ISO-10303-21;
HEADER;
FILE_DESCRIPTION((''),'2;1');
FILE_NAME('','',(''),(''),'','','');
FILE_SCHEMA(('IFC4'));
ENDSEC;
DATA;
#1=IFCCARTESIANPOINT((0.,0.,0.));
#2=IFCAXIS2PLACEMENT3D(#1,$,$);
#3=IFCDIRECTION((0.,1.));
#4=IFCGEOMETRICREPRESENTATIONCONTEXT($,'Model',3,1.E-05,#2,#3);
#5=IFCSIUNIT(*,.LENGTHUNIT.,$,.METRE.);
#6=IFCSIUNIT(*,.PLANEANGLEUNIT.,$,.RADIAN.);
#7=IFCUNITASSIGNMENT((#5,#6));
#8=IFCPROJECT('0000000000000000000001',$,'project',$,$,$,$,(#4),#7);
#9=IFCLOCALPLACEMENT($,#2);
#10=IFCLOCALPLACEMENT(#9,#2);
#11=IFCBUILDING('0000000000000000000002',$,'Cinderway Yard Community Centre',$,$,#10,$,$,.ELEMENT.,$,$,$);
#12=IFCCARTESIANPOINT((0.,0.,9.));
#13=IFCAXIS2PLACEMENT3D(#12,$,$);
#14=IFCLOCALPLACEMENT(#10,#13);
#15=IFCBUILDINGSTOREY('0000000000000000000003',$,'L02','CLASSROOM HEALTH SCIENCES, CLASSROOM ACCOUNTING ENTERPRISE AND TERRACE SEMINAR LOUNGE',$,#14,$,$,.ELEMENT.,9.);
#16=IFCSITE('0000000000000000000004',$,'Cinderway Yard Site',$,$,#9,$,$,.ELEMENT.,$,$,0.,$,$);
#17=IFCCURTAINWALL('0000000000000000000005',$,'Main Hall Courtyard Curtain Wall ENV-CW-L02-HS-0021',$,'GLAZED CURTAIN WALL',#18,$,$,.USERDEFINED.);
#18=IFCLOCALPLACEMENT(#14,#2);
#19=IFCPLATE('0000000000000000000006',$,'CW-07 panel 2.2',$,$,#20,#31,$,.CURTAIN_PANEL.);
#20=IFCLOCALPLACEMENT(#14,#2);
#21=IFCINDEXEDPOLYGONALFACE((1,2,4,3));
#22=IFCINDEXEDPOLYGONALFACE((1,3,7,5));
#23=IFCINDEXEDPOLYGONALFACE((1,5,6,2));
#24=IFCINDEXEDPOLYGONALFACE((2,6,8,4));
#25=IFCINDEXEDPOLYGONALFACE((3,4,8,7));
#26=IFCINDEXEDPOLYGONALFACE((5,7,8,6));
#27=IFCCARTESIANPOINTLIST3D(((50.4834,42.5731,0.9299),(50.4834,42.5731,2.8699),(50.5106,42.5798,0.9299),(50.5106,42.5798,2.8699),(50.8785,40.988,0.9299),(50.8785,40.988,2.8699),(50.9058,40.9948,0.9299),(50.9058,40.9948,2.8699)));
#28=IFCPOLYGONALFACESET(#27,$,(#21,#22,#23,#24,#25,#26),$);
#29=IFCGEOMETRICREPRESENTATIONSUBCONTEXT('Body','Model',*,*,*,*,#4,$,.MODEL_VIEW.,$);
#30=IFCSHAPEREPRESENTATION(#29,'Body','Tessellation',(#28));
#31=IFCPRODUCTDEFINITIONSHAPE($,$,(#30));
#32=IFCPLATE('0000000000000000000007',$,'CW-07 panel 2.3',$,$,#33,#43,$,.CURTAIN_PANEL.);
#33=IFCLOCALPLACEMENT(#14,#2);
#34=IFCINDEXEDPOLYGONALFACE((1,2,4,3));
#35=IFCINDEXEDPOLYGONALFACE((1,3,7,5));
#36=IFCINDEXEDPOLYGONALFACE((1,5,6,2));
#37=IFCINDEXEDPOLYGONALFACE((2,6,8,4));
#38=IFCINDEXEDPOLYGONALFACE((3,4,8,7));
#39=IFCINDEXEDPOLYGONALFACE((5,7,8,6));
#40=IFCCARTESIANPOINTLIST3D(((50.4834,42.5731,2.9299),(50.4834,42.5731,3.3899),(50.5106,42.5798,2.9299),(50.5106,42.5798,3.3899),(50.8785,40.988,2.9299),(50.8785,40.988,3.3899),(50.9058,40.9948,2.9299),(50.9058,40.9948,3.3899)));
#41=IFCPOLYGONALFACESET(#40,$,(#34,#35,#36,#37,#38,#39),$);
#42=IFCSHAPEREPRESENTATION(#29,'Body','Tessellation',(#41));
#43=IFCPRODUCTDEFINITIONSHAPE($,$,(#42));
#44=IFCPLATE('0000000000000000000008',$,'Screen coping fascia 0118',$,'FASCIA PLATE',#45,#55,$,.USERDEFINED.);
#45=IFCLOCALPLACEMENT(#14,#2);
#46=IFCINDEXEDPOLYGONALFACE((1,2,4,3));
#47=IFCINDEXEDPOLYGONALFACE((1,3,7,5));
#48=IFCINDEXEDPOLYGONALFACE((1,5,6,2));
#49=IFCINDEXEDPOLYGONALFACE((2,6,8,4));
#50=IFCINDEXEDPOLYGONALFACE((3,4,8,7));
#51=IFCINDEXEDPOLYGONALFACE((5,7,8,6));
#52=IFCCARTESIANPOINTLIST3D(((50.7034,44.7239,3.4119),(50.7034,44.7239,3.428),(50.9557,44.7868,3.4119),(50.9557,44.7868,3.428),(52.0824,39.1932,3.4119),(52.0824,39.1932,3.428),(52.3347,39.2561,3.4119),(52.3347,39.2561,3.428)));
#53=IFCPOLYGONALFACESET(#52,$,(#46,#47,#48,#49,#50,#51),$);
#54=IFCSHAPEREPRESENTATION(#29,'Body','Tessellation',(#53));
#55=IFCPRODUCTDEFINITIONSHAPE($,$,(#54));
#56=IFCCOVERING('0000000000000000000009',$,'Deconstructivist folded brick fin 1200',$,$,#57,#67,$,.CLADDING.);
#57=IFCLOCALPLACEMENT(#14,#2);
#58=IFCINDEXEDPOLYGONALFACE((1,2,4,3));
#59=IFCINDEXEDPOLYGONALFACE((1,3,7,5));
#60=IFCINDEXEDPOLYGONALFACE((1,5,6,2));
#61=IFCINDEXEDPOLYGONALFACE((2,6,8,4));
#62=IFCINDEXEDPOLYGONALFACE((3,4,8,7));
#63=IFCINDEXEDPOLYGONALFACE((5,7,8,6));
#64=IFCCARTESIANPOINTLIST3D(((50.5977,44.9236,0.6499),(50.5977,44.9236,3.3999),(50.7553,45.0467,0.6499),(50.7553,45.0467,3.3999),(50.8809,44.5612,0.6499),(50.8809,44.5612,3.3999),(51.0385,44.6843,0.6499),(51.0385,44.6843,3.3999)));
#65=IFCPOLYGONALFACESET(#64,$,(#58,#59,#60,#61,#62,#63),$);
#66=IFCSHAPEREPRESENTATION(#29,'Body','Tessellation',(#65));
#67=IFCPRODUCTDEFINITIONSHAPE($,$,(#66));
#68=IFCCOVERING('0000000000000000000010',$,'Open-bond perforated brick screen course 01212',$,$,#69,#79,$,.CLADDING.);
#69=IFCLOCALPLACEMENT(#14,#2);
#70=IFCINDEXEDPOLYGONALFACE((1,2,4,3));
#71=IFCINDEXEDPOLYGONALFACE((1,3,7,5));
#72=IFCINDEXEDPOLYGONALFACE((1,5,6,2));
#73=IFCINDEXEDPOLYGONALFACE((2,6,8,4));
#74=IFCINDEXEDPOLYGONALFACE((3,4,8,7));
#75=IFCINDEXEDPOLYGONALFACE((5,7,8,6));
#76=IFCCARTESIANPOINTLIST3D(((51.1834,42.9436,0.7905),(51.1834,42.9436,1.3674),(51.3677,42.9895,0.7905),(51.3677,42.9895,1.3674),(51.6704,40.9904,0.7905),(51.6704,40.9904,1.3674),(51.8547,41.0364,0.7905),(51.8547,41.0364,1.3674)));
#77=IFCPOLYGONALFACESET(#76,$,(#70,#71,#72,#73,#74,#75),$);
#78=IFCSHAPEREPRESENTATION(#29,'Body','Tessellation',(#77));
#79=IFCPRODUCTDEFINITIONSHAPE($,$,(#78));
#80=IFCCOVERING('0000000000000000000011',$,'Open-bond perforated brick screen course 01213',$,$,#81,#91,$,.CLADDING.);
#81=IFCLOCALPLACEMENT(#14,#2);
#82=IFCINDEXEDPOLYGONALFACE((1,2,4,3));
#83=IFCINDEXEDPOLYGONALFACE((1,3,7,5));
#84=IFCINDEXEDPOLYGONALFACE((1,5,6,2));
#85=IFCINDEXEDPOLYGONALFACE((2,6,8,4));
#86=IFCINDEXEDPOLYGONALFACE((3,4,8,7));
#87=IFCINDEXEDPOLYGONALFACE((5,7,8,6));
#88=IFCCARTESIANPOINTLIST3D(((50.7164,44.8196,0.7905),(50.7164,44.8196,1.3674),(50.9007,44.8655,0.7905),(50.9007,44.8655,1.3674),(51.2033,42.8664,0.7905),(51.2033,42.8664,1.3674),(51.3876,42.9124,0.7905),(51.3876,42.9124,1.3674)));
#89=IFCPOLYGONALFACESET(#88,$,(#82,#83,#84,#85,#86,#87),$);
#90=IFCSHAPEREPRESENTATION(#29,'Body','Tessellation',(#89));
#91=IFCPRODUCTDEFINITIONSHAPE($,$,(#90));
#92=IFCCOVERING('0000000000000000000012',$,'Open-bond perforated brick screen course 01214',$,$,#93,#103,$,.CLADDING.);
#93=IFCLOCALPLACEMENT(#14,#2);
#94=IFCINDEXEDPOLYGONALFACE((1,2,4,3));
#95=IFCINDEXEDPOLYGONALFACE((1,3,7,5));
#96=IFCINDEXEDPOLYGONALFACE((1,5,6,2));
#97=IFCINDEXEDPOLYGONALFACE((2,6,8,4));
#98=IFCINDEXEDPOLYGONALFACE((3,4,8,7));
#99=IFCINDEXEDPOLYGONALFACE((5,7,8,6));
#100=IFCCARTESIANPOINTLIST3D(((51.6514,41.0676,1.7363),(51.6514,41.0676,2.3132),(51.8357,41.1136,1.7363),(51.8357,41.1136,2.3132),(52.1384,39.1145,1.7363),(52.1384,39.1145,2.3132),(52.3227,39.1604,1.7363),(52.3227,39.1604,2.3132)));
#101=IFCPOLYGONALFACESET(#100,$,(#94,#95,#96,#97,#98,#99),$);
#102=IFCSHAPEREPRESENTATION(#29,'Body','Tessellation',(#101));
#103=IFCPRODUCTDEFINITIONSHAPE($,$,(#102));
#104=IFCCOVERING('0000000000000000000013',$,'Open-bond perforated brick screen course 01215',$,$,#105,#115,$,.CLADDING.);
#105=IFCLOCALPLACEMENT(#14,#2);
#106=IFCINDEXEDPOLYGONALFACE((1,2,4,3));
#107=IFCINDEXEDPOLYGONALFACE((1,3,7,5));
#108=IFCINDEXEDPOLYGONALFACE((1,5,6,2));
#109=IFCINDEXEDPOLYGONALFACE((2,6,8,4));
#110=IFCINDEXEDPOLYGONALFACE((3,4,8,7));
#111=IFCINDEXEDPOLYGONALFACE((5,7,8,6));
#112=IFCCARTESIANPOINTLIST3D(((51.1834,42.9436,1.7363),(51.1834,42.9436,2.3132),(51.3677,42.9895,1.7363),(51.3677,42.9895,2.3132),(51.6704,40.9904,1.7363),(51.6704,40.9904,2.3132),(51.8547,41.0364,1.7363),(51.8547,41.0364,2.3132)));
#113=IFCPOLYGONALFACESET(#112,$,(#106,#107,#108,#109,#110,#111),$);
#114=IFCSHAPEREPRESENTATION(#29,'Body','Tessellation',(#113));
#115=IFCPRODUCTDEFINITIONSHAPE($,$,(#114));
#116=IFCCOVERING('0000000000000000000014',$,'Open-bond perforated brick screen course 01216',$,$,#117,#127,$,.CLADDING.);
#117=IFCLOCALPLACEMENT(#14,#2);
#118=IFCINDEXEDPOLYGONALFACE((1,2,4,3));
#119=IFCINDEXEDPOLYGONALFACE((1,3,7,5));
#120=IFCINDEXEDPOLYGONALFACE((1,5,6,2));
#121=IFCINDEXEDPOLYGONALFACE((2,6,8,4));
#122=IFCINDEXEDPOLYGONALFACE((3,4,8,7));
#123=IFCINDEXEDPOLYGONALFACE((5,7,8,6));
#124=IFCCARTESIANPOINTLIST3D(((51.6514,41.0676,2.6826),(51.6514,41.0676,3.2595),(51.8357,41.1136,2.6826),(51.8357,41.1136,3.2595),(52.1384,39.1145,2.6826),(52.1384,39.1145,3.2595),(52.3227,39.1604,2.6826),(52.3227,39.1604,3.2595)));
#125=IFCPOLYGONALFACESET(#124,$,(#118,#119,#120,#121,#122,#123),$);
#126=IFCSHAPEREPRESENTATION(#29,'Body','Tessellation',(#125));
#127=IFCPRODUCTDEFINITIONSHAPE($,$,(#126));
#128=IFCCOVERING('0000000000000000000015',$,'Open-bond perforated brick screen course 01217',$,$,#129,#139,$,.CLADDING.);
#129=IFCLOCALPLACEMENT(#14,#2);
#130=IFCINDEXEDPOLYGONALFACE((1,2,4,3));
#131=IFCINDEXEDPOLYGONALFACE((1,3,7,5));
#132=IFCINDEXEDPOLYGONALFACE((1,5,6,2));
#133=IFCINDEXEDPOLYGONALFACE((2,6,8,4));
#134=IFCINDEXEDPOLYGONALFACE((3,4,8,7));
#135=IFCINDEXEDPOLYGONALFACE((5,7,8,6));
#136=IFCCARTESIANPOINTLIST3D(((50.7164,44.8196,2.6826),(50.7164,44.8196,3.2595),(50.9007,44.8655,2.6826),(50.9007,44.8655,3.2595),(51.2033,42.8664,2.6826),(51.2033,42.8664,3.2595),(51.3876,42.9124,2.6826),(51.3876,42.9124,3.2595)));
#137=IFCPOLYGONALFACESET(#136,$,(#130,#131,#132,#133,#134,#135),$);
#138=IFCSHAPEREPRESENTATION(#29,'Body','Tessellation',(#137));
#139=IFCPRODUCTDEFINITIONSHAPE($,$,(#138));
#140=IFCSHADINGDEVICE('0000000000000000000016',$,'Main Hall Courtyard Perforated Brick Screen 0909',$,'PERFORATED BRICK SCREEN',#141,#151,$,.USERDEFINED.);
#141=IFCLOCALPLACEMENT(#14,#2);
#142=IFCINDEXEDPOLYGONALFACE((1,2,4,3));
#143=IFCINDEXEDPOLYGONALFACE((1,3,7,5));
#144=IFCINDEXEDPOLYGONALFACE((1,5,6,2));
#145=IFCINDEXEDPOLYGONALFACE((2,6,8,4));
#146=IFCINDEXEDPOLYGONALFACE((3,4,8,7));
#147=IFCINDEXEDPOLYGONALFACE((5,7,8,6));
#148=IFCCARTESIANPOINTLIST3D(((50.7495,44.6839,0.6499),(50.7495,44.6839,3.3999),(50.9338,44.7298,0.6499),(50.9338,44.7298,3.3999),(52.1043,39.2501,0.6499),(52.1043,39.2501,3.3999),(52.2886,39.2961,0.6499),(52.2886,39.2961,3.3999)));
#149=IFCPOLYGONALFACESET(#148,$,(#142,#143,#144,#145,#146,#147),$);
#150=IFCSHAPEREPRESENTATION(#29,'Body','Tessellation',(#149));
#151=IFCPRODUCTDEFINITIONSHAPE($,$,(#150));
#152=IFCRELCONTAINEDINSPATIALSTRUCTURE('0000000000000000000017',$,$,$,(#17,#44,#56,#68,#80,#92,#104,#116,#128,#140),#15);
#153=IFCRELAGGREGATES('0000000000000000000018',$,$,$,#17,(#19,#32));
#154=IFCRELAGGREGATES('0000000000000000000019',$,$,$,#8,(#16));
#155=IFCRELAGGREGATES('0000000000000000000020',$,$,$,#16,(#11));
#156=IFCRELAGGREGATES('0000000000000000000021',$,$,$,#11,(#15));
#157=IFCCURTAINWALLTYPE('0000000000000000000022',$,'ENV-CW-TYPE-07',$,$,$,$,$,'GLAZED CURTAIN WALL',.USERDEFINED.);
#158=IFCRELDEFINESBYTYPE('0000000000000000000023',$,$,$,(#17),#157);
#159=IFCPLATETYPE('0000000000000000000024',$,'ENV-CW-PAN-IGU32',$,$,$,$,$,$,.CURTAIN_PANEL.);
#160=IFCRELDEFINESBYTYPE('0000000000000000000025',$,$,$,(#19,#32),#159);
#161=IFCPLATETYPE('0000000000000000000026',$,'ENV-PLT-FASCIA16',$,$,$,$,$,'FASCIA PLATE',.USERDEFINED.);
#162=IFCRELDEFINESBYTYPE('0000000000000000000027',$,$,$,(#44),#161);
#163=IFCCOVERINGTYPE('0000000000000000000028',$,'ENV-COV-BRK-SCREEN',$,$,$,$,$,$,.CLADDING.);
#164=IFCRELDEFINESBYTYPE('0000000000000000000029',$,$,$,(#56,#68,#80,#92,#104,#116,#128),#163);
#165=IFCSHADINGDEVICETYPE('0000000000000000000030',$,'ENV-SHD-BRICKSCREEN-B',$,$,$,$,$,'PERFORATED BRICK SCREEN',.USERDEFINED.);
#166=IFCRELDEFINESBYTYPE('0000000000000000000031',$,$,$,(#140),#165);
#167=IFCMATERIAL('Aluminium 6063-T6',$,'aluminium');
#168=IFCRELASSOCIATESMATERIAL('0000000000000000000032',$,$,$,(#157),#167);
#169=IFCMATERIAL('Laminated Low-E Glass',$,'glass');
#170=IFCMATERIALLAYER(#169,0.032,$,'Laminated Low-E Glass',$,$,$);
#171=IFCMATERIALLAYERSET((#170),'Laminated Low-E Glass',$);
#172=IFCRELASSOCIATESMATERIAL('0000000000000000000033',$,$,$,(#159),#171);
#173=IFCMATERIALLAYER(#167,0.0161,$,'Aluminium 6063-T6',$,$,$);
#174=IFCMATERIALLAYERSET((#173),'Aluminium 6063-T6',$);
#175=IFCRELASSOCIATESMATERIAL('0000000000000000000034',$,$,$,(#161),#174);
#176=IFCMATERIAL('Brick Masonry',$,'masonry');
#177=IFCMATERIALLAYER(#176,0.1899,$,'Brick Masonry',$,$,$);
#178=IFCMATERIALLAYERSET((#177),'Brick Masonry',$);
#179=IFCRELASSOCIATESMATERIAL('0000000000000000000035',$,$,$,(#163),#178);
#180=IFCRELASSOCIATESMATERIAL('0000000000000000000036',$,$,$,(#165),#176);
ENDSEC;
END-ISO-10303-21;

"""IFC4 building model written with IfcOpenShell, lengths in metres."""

from ifc_helpers import new_model, si_unit, direction, frame, origin, origin_2d, place, context, subcontext, project, spatial, rectangle, extrude, material, layer, layer_set, type_object, element, aggregate, save


model = new_model("IFC4")

# Units and contexts
model_context = context("Model", 3, precision=1e-05, world=origin(), true_north=direction((0.0, 1.0)))
body_context = subcontext(model_context, "Body", "Model", "MODEL_VIEW")
ifc_project = project(units=[si_unit("LENGTHUNIT", "METRE"), si_unit("PLANEANGLEUNIT", "RADIAN")], contexts=[model_context])

# Site, building, storey
site_placement = place(None, origin())
site = spatial("IfcSite", under=ifc_project, at=site_placement, Name="Cinderway Yard Site", CompositionType="ELEMENT", RefElevation=0.0)
building_placement = place(site_placement, origin())
building = spatial("IfcBuilding", under=site, at=building_placement, Name="Cinderway Yard Community Centre", CompositionType="ELEMENT")
storey_placement = place(building_placement, frame((0.0, 0.0, 9.0)))
storey = spatial("IfcBuildingStorey", under=building, at=storey_placement, Name="L02", Description="CLASSROOM HEALTH SCIENCES, CLASSROOM ACCOUNTING ENTERPRISE AND TERRACE SEMINAR LOUNGE", CompositionType="ELEMENT", Elevation=9.0)

# Curtain wall
ifc_material_1 = material(Name="Aluminium 6063-T6", Category="aluminium")
curtain_wall_type = type_object("IfcCurtainWallType", Name="ENV-CW-TYPE-07", ElementType="GLAZED CURTAIN WALL", PredefinedType="USERDEFINED", material=ifc_material_1)
curtain_wall_placement = place(storey_placement, origin())
curtain_wall = element("IfcCurtainWall", 1, at=curtain_wall_placement, inside=storey, type_object=curtain_wall_type, Name="Main Hall Courtyard Curtain Wall ENV-CW-L02-HS-0021", ObjectType="GLAZED CURTAIN WALL", PredefinedType="USERDEFINED")

# Plates
ifc_material_2 = material(Name="Laminated Low-E Glass", Category="glass")
ifc_layer_1 = layer(ifc_material_2, 0.032, Name="Laminated Low-E Glass")
ifc_layer_set_1 = layer_set([ifc_layer_1], Name="Laminated Low-E Glass")
plate_type_1 = type_object("IfcPlateType", Name="ENV-CW-PAN-IGU32", PredefinedType="CURTAIN_PANEL", material=ifc_layer_set_1)
plate_1_placement = place(storey_placement, frame((50.6946, 41.7839, 0.9299), z_axis=(0.0, 0.0, 1.0), x_axis=(-0.241887, 0.970304, 0.0)))
plate_1 = element("IfcPlate", 2, at=plate_1_placement, type_object=plate_type_1, Name="CW-07 panel 2.2", PredefinedType="CURTAIN_PANEL", context=body_context, shape_type="SweptSolid", body=[
    extrude(rectangle(XDim=1.6335, YDim=0.0281, at=origin_2d()), origin(), (0.0, 0.0, 1.0), 1.9399),
])
plate_2_placement = place(storey_placement, frame((50.6946, 41.7839, 2.9299), z_axis=(0.0, 0.0, 1.0), x_axis=(-0.241887, 0.970304, 0.0)))
plate_2 = element("IfcPlate", 3, at=plate_2_placement, type_object=plate_type_1, Name="CW-07 panel 2.3", PredefinedType="CURTAIN_PANEL", context=body_context, shape_type="SweptSolid", body=[
    extrude(rectangle(XDim=1.6335, YDim=0.0281, at=origin_2d()), origin(), (0.0, 0.0, 1.0), 0.46),
])
aggregate(curtain_wall, [plate_1, plate_2])
ifc_layer_2 = layer(ifc_material_1, 0.0161, Name="Aluminium 6063-T6")
ifc_layer_set_2 = layer_set([ifc_layer_2], Name="Aluminium 6063-T6")
plate_type_2 = type_object("IfcPlateType", Name="ENV-PLT-FASCIA16", ElementType="FASCIA PLATE", PredefinedType="USERDEFINED", material=ifc_layer_set_2)
plate_3_placement = place(storey_placement, frame((51.519, 41.99, 3.4119), z_axis=(0.0, 0.0, 1.0), x_axis=(0.241922, -0.970296, 0.0)))
element("IfcPlate", 4, at=plate_3_placement, inside=storey, type_object=plate_type_2, Name="Screen coping fascia 0118", ObjectType="FASCIA PLATE", PredefinedType="USERDEFINED", context=body_context, shape_type="SweptSolid", body=[
    extrude(rectangle(XDim=5.7, YDim=0.26, at=origin_2d()), origin(), (0.0, 0.0, 1.0), 0.0161),
])

# Coverings
ifc_material_3 = material(Name="Brick Masonry", Category="masonry")
ifc_layer_3 = layer(ifc_material_3, 0.1899, Name="Brick Masonry")
ifc_layer_set_3 = layer_set([ifc_layer_3], Name="Brick Masonry")
covering_type = type_object("IfcCoveringType", Name="ENV-COV-BRK-SCREEN", PredefinedType="CLADDING", material=ifc_layer_set_3)
covering_placement = place(storey_placement, frame((50.8181, 44.804, 0.6499), z_axis=(0.0, 0.0, 1.0), x_axis=(0.615661, -0.788011, 0.0)))
element("IfcCovering", 5, at=covering_placement, inside=storey, type_object=covering_type, Name="Deconstructivist folded brick fin 1200", PredefinedType="CLADDING", context=body_context, shape_type="SweptSolid", body=[
    extrude(rectangle(XDim=0.46, YDim=0.2, at=origin_2d()), origin(), (0.0, 0.0, 1.0), 2.75),
])
for number, where, z_axis, x_axis, name in (
    (6, (51.519, 41.99, 0.7905), (0.0, 0.0, 1.0), (0.241922, -0.970296, 0.0), "Open-bond perforated brick screen course 01212"),
    (7, (51.052, 43.866, 0.7905), (0.0, 0.0, 1.0), (0.241922, -0.970296, 0.0), "Open-bond perforated brick screen course 01213"),
    (8, (51.9871, 40.114, 1.7363), (0.0, 0.0, 1.0), (0.241922, -0.970296, 0.0), "Open-bond perforated brick screen course 01214"),
    (9, (51.519, 41.99, 1.7363), (0.0, 0.0, 1.0), (0.241922, -0.970296, 0.0), "Open-bond perforated brick screen course 01215"),
    (10, (51.9871, 40.114, 2.6826), (0.0, 0.0, 1.0), (0.241922, -0.970296, 0.0), "Open-bond perforated brick screen course 01216"),
    (11, (51.052, 43.866, 2.6826), (0.0, 0.0, 1.0), (0.241922, -0.970296, 0.0), "Open-bond perforated brick screen course 01217"),
):
    element("IfcCovering", number, at=place(storey_placement, frame(where, z_axis=z_axis, x_axis=x_axis)), inside=storey, type_object=covering_type, Name=name, PredefinedType="CLADDING", context=body_context, shape_type="SweptSolid", body=[
        extrude(rectangle(XDim=2.0129, YDim=0.1899, at=origin_2d()), origin(), (0.0, 0.0, 1.0), 0.5769),
    ])

# Shading device
shading_device_type = type_object("IfcShadingDeviceType", Name="ENV-SHD-BRICKSCREEN-B", ElementType="PERFORATED BRICK SCREEN", PredefinedType="USERDEFINED", material=ifc_material_3)
shading_device_placement = place(storey_placement, frame((51.519, 41.99, 0.6499), z_axis=(0.0, 0.0, 1.0), x_axis=(0.241922, -0.970296, 0.0)))
element("IfcShadingDevice", 12, at=shading_device_placement, inside=storey, type_object=shading_device_type, Name="Main Hall Courtyard Perforated Brick Screen 0909", ObjectType="PERFORATED BRICK SCREEN", PredefinedType="USERDEFINED", context=body_context, shape_type="SweptSolid", body=[
    extrude(rectangle(XDim=5.6001, YDim=0.1899, at=origin_2d()), origin(), (0.0, 0.0, 1.0), 2.75),
])

save(model, "model.ifc")
